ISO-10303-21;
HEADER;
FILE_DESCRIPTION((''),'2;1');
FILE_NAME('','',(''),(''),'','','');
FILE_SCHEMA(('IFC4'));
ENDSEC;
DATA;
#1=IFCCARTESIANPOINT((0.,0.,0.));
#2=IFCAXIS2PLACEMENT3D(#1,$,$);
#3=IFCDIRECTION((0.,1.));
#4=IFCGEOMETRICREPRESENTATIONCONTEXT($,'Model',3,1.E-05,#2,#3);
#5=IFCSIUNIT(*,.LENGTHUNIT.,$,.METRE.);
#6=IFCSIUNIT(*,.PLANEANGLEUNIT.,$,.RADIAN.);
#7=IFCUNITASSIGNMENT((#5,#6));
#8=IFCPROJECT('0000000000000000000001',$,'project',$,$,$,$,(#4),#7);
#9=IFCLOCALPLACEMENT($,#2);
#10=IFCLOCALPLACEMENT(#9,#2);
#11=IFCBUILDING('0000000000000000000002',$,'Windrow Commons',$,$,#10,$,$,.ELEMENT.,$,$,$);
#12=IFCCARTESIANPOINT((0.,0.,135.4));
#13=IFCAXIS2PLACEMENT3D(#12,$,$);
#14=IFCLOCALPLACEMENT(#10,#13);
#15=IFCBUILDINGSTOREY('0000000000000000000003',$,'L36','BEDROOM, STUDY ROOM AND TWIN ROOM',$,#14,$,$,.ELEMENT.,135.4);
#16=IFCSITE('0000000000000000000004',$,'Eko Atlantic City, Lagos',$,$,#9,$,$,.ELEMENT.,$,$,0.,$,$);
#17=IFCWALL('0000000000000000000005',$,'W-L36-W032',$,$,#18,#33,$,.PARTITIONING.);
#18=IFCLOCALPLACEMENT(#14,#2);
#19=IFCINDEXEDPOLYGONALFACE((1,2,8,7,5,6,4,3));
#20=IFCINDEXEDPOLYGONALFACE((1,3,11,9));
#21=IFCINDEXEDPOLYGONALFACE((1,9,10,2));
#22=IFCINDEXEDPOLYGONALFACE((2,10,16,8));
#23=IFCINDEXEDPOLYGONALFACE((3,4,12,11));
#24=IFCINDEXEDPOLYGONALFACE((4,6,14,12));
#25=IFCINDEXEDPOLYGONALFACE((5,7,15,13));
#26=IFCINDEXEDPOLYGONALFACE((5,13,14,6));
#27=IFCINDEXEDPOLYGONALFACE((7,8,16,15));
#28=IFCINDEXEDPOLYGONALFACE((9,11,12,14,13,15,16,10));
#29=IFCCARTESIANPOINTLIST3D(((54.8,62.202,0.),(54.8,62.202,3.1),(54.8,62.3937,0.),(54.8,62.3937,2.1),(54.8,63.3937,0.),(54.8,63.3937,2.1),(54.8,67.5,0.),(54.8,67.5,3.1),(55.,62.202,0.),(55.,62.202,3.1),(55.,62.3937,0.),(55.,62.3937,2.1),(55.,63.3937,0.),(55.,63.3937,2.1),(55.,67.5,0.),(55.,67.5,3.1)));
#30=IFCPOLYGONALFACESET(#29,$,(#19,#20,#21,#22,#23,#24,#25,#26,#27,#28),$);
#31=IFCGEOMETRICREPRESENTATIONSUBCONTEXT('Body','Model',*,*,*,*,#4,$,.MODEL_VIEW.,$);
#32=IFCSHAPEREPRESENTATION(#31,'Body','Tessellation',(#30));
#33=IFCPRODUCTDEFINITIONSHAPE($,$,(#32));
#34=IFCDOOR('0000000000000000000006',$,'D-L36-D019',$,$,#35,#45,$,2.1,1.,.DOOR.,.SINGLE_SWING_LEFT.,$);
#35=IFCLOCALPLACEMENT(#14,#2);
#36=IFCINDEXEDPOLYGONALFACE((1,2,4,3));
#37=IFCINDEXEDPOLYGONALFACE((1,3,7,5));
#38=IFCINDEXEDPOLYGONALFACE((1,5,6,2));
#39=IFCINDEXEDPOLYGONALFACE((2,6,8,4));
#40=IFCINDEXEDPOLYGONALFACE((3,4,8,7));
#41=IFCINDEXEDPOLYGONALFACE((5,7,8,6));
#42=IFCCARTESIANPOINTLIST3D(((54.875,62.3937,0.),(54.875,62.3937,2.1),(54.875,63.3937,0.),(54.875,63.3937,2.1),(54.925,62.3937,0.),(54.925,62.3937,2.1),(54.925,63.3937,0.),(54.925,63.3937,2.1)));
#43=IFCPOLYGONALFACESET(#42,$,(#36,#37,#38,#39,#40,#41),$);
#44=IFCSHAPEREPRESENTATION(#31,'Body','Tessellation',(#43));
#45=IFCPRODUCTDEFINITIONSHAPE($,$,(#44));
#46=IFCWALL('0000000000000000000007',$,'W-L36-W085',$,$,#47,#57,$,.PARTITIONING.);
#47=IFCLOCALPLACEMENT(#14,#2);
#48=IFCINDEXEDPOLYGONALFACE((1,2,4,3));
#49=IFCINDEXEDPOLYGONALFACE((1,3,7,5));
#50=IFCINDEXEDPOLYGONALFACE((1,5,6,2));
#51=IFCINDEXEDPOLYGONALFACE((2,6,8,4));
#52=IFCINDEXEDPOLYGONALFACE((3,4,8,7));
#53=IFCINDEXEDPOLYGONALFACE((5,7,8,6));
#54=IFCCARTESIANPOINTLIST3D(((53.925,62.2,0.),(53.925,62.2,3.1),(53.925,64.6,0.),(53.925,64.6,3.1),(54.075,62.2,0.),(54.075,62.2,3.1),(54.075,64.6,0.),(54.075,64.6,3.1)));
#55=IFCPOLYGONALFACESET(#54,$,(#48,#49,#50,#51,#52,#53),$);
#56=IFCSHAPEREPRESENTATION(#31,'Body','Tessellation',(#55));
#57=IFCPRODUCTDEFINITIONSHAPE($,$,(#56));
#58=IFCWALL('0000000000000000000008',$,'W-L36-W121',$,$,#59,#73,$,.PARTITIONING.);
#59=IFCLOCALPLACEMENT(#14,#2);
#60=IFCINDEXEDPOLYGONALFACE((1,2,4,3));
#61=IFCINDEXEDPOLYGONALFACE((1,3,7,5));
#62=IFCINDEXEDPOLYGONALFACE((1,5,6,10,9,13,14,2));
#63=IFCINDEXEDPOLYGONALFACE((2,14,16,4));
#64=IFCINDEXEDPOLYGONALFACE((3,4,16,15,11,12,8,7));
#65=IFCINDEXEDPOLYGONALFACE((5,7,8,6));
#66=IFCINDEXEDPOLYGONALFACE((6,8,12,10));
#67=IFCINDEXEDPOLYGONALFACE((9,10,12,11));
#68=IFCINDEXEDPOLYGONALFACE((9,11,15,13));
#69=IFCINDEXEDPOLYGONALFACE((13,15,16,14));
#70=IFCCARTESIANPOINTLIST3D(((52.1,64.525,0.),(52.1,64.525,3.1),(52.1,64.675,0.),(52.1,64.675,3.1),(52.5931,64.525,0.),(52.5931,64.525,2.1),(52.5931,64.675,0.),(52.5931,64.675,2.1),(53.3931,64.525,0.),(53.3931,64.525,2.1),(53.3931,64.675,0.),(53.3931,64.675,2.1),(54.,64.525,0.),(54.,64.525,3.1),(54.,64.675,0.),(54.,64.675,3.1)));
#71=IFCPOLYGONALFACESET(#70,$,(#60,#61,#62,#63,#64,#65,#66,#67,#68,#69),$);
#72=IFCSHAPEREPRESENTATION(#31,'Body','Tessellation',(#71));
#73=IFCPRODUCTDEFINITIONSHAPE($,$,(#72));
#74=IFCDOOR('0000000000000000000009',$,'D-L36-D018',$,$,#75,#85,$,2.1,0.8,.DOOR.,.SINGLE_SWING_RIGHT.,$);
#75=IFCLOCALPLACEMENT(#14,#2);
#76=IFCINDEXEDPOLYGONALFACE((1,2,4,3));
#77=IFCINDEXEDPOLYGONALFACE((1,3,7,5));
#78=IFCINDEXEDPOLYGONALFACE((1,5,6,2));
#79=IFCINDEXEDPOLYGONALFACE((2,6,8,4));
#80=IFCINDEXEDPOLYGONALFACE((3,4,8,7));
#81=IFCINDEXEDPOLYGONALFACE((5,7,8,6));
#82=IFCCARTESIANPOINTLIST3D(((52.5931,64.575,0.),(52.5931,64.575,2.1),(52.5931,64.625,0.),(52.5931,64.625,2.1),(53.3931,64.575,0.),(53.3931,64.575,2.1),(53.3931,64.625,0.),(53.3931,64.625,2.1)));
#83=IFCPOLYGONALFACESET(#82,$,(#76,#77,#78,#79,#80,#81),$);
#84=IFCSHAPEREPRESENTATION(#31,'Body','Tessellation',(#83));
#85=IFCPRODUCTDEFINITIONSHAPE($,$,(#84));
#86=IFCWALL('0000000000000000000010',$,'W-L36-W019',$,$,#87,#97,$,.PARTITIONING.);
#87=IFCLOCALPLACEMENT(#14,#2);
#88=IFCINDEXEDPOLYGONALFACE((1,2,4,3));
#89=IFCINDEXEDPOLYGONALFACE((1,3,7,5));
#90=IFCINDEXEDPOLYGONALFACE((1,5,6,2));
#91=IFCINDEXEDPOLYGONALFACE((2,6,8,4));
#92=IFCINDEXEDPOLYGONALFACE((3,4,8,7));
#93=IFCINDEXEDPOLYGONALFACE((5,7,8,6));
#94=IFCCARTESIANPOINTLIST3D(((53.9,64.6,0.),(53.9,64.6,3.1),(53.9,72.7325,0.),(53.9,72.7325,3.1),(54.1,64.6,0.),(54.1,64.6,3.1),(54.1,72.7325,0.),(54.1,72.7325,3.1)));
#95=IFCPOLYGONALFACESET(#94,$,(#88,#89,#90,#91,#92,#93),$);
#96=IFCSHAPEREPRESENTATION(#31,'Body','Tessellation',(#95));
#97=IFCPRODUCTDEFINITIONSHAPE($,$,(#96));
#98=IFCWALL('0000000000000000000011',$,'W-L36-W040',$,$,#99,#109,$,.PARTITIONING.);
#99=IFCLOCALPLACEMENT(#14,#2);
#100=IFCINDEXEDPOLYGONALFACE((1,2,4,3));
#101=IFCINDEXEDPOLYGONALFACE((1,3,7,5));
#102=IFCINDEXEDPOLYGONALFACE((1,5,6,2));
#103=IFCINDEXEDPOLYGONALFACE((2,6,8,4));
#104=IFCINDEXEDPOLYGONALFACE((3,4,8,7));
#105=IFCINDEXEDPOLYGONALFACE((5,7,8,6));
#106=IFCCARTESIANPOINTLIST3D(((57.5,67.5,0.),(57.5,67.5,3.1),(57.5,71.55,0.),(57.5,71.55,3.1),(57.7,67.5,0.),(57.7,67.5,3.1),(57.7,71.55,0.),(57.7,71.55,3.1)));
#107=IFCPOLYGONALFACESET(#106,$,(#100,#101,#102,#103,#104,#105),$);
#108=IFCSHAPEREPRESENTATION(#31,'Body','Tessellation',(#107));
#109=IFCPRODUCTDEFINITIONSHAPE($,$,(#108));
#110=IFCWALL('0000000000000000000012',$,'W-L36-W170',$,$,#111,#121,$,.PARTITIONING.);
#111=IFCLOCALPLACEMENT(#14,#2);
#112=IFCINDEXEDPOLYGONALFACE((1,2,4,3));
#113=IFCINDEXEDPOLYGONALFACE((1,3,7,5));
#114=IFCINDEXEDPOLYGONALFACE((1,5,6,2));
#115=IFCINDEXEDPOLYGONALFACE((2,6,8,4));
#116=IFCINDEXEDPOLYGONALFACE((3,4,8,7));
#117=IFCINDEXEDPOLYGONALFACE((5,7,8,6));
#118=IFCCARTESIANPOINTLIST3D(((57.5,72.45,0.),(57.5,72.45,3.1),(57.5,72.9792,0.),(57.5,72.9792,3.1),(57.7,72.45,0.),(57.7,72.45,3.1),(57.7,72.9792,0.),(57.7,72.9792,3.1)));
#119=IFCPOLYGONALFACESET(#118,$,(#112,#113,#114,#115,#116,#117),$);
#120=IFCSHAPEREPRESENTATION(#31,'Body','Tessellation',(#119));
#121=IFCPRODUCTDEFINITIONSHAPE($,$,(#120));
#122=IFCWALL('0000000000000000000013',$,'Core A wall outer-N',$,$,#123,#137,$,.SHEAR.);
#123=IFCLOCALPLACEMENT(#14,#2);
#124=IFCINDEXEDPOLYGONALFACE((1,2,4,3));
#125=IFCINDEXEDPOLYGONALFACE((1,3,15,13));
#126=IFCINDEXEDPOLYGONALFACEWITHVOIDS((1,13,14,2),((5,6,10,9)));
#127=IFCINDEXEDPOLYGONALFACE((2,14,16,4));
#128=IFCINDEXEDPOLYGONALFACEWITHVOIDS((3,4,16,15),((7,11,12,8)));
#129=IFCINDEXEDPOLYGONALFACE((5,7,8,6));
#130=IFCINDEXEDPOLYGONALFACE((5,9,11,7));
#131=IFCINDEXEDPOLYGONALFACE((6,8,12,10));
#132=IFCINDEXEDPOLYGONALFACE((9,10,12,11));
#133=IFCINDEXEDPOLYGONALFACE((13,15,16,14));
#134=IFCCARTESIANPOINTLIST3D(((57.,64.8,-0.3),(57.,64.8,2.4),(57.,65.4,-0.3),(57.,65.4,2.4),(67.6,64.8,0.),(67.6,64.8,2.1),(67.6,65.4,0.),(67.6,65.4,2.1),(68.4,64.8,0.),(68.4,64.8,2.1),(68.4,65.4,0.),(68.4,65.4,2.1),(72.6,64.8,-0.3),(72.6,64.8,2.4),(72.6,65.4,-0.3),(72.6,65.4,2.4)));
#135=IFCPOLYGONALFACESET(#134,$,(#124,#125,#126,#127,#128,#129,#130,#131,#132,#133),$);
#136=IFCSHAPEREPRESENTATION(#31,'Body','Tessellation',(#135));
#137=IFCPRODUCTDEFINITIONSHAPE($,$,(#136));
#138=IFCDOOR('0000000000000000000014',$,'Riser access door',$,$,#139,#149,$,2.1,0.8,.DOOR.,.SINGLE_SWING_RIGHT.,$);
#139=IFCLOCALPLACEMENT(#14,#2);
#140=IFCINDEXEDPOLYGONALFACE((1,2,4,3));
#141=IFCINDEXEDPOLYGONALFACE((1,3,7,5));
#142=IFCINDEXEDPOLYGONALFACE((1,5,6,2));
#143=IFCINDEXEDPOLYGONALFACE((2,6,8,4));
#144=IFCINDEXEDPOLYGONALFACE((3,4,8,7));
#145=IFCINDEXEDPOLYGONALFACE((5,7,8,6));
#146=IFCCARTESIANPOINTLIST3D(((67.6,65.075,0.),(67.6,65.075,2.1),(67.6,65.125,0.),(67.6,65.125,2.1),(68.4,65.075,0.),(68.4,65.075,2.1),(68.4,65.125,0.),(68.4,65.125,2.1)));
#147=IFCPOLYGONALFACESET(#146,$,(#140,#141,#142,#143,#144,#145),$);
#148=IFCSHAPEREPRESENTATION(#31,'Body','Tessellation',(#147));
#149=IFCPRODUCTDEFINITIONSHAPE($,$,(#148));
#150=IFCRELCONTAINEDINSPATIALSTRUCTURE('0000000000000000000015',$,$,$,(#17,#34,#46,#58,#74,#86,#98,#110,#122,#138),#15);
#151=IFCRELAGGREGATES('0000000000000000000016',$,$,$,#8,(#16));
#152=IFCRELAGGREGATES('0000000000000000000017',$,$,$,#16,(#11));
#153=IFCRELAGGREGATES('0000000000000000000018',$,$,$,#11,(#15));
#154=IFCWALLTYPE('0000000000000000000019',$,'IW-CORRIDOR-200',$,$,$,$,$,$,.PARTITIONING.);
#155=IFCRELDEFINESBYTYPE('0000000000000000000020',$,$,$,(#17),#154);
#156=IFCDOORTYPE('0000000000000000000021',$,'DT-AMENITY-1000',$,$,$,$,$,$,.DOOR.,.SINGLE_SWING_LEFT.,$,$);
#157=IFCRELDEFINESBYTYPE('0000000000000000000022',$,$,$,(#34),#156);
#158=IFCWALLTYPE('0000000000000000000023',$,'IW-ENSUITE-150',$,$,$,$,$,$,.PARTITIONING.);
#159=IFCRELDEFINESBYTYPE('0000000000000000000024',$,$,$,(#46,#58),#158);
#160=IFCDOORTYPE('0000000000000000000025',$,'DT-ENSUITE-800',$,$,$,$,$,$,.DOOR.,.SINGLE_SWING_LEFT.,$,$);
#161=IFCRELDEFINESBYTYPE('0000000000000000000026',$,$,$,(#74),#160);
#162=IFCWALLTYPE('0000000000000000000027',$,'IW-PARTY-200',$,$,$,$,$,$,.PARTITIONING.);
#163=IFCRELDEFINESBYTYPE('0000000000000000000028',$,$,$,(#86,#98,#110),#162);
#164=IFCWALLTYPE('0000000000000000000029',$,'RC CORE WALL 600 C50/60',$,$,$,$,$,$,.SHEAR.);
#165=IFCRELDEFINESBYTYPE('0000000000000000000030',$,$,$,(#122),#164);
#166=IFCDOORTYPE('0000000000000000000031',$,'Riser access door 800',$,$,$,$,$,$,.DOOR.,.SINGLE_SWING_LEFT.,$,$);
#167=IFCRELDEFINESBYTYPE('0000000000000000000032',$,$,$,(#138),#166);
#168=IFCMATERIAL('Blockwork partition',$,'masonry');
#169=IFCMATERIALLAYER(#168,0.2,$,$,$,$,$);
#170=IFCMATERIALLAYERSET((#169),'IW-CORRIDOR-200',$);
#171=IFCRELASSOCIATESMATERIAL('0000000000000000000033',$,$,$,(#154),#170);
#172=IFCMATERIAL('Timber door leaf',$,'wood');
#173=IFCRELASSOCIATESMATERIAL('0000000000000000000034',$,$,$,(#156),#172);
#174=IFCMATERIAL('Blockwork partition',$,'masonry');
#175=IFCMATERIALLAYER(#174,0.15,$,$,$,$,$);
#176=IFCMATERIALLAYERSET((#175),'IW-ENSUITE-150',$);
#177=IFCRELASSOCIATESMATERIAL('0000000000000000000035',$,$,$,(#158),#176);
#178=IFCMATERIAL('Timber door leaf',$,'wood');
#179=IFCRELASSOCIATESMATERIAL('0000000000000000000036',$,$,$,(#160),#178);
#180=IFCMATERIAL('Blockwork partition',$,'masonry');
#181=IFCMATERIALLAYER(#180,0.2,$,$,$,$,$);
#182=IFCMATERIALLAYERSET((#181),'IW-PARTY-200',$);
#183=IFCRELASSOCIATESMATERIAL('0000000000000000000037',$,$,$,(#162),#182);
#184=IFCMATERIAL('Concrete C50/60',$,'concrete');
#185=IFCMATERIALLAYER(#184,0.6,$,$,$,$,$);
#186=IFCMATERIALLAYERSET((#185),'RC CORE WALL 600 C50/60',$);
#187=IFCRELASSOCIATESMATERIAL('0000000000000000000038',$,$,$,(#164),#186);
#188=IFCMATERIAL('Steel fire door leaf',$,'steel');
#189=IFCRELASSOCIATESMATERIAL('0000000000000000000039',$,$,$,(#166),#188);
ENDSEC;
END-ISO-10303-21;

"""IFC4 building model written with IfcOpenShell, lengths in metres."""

from ifc_helpers import new_model, si_unit, direction, frame, frame_2d, origin, place, context, subcontext, project, spatial, rectangle, extrude, material, layer, layer_set, type_object, element, fill, save


model = new_model("IFC4")

# Units and contexts
model_context = context("Model", 3, precision=1e-05, world=origin(), true_north=direction((0.0, 1.0)))
body_context = subcontext(model_context, "Body", "Model", "MODEL_VIEW")
ifc_project = project(units=[si_unit("LENGTHUNIT", "METRE"), si_unit("PLANEANGLEUNIT", "RADIAN")], contexts=[model_context])

# Site, building, storey
site_placement = place(None, origin())
site = spatial("IfcSite", under=ifc_project, at=site_placement, Name="Eko Atlantic City, Lagos", CompositionType="ELEMENT", RefElevation=0.0)
building_placement = place(site_placement, origin())
building = spatial("IfcBuilding", under=site, at=building_placement, Name="Windrow Commons", CompositionType="ELEMENT")
storey_placement = place(building_placement, frame((0.0, 0.0, 135.4)))
storey = spatial("IfcBuildingStorey", under=building, at=storey_placement, Name="L36", Description="BEDROOM, STUDY ROOM AND TWIN ROOM", CompositionType="ELEMENT", Elevation=135.4)

# Shared definitions
ifc_material_1 = material(Name="Blockwork partition", Category="masonry")
ifc_layer_1 = layer(ifc_material_1, 0.2)
ifc_layer_set_1 = layer_set([ifc_layer_1], Name="IW-CORRIDOR-200")
wall_type_1 = type_object("IfcWallType", Name="IW-CORRIDOR-200", PredefinedType="PARTITIONING", material=ifc_layer_set_1)
ifc_material_2 = material(Name="Timber door leaf", Category="wood")
door_type_1 = type_object("IfcDoorType", Name="DT-AMENITY-1000", OperationType="SINGLE_SWING_LEFT", PredefinedType="DOOR", material=ifc_material_2)

# Wall, opening, door
wall_1_placement = place(storey_placement, frame((54.9, 62.202, 0.0), z_axis=(0.0, 0.0, 1.0), x_axis=(0.0, 1.0, 0.0)))
wall_1 = element("IfcWall", 1, at=wall_1_placement, inside=storey, type_object=wall_type_1, Name="W-L36-W032", PredefinedType="PARTITIONING", context=body_context, shape_type="SweptSolid", body=[
    extrude(rectangle(XDim=5.298, YDim=0.2, at=frame_2d((2.649, 0.0))), origin(), (0.0, 0.0, 1.0), 3.1),
])
opening_1_placement = place(wall_1_placement, frame((0.1917, 0.0, 0.0)))
opening_1 = element("IfcOpeningElement", 2, at=opening_1_placement, cuts=wall_1, PredefinedType="OPENING", context=body_context, shape_type="SweptSolid", body=[
    extrude(rectangle(XDim=1.0, YDim=2.1, at=frame_2d((0.5, 1.05))), frame((0.0, 0.11, 0.0), z_axis=(0.0, -1.0, 0.0), x_axis=(1.0, 0.0, 0.0)), (0.0, 0.0, 1.0), 0.22),
])
door_1_placement = place(opening_1_placement, origin())
door_1 = element("IfcDoor", 3, at=door_1_placement, inside=storey, type_object=door_type_1, Name="D-L36-D019", OperationType="SINGLE_SWING_LEFT", OverallHeight=2.1, OverallWidth=1.0, PredefinedType="DOOR", context=body_context, shape_type="SweptSolid", body=[
    extrude(rectangle(XDim=1.0, YDim=2.1, at=frame_2d((0.5, 1.05))), frame((0.0, 0.025, 0.0), z_axis=(0.0, -1.0, 0.0), x_axis=(1.0, 0.0, 0.0)), (0.0, 0.0, 1.0), 0.05),
])
fill(opening_1, door_1)

# Wall
ifc_material_3 = material(Name="Blockwork partition", Category="masonry")
ifc_layer_2 = layer(ifc_material_3, 0.15)
ifc_layer_set_2 = layer_set([ifc_layer_2], Name="IW-ENSUITE-150")
wall_type_2 = type_object("IfcWallType", Name="IW-ENSUITE-150", PredefinedType="PARTITIONING", material=ifc_layer_set_2)
wall_2_placement = place(storey_placement, frame((54.0, 62.2, 0.0), z_axis=(0.0, 0.0, 1.0), x_axis=(0.0, 1.0, 0.0)))
element("IfcWall", 4, at=wall_2_placement, inside=storey, type_object=wall_type_2, Name="W-L36-W085", PredefinedType="PARTITIONING", context=body_context, shape_type="SweptSolid", body=[
    extrude(rectangle(XDim=2.4, YDim=0.15, at=frame_2d((1.2, 0.0))), origin(), (0.0, 0.0, 1.0), 3.1),
])

# Wall, opening, door
wall_3_placement = place(storey_placement, frame((52.1, 64.6, 0.0), z_axis=(0.0, 0.0, 1.0), x_axis=(1.0, 0.0, 0.0)))
wall_3 = element("IfcWall", 5, at=wall_3_placement, inside=storey, type_object=wall_type_2, Name="W-L36-W121", PredefinedType="PARTITIONING", context=body_context, shape_type="SweptSolid", body=[
    extrude(rectangle(XDim=1.9, YDim=0.15, at=frame_2d((0.95, 0.0))), origin(), (0.0, 0.0, 1.0), 3.1),
])
opening_2_placement = place(wall_3_placement, frame((0.4931, 0.0, 0.0)))
opening_2 = element("IfcOpeningElement", 6, at=opening_2_placement, cuts=wall_3, PredefinedType="OPENING", context=body_context, shape_type="SweptSolid", body=[
    extrude(rectangle(XDim=0.8, YDim=2.1, at=frame_2d((0.4, 1.05))), frame((0.0, 0.085, 0.0), z_axis=(0.0, -1.0, 0.0), x_axis=(1.0, 0.0, 0.0)), (0.0, 0.0, 1.0), 0.17),
])
ifc_material_4 = material(Name="Timber door leaf", Category="wood")
door_type_2 = type_object("IfcDoorType", Name="DT-ENSUITE-800", OperationType="SINGLE_SWING_LEFT", PredefinedType="DOOR", material=ifc_material_4)
door_2_placement = place(opening_2_placement, origin())
door_2 = element("IfcDoor", 7, at=door_2_placement, inside=storey, type_object=door_type_2, Name="D-L36-D018", OperationType="SINGLE_SWING_RIGHT", OverallHeight=2.1, OverallWidth=0.8, PredefinedType="DOOR", context=body_context, shape_type="SweptSolid", body=[
    extrude(rectangle(XDim=0.8, YDim=2.1, at=frame_2d((0.4, 1.05))), frame((0.0, 0.025, 0.0), z_axis=(0.0, -1.0, 0.0), x_axis=(1.0, 0.0, 0.0)), (0.0, 0.0, 1.0), 0.05),
])
fill(opening_2, door_2)

# Walls
ifc_material_5 = material(Name="Blockwork partition", Category="masonry")
ifc_layer_3 = layer(ifc_material_5, 0.2)
ifc_layer_set_3 = layer_set([ifc_layer_3], Name="IW-PARTY-200")
wall_type_3 = type_object("IfcWallType", Name="IW-PARTY-200", PredefinedType="PARTITIONING", material=ifc_layer_set_3)
wall_4_placement = place(storey_placement, frame((54.0, 64.6, 0.0), z_axis=(0.0, 0.0, 1.0), x_axis=(0.0, 1.0, 0.0)))
element("IfcWall", 8, at=wall_4_placement, inside=storey, type_object=wall_type_3, Name="W-L36-W019", PredefinedType="PARTITIONING", context=body_context, shape_type="SweptSolid", body=[
    extrude(rectangle(XDim=8.1325, YDim=0.2, at=frame_2d((4.0663, 0.0))), origin(), (0.0, 0.0, 1.0), 3.1),
])
wall_5_placement = place(storey_placement, frame((57.6, 67.5, 0.0), z_axis=(0.0, 0.0, 1.0), x_axis=(0.0, 1.0, 0.0)))
element("IfcWall", 9, at=wall_5_placement, inside=storey, type_object=wall_type_3, Name="W-L36-W040", PredefinedType="PARTITIONING", context=body_context, shape_type="SweptSolid", body=[
    extrude(rectangle(XDim=4.05, YDim=0.2, at=frame_2d((2.025, 0.0))), origin(), (0.0, 0.0, 1.0), 3.1),
])
wall_6_placement = place(storey_placement, frame((57.6, 72.45, 0.0), z_axis=(0.0, 0.0, 1.0), x_axis=(0.0, 1.0, 0.0)))
element("IfcWall", 10, at=wall_6_placement, inside=storey, type_object=wall_type_3, Name="W-L36-W170", PredefinedType="PARTITIONING", context=body_context, shape_type="SweptSolid", body=[
    extrude(rectangle(XDim=0.5291, YDim=0.2, at=frame_2d((0.2646, 0.0))), origin(), (0.0, 0.0, 1.0), 3.1),
])

# Wall, opening, door
ifc_material_6 = material(Name="Concrete C50/60", Category="concrete")
ifc_layer_4 = layer(ifc_material_6, 0.6)
ifc_layer_set_4 = layer_set([ifc_layer_4], Name="RC CORE WALL 600 C50/60")
wall_type_4 = type_object("IfcWallType", Name="RC CORE WALL 600 C50/60", PredefinedType="SHEAR", material=ifc_layer_set_4)
wall_7_placement = place(storey_placement, frame((57.0, 65.1, -0.3), z_axis=(0.0, 0.0, 1.0), x_axis=(1.0, 0.0, 0.0)))
wall_7 = element("IfcWall", 11, at=wall_7_placement, inside=storey, type_object=wall_type_4, Name="Core A wall outer-N", PredefinedType="SHEAR", context=body_context, shape_type="SweptSolid", body=[
    extrude(rectangle(XDim=15.6, YDim=0.6, at=frame_2d((7.8, 0.0))), origin(), (0.0, 0.0, 1.0), 2.7),
])
opening_3_placement = place(wall_7_placement, frame((10.6, 0.0, 0.3)))
opening_3 = element("IfcOpeningElement", 12, at=opening_3_placement, cuts=wall_7, PredefinedType="OPENING", context=body_context, shape_type="SweptSolid", body=[
    extrude(rectangle(XDim=0.8, YDim=2.1, at=frame_2d((0.4, 1.05))), frame((0.0, 0.31, 0.0), z_axis=(0.0, -1.0, 0.0), x_axis=(1.0, 0.0, 0.0)), (0.0, 0.0, 1.0), 0.62),
])
ifc_material_7 = material(Name="Steel fire door leaf", Category="steel")
door_type_3 = type_object("IfcDoorType", Name="Riser access door 800", OperationType="SINGLE_SWING_LEFT", PredefinedType="DOOR", material=ifc_material_7)
door_3_placement = place(opening_3_placement, origin())
door_3 = element("IfcDoor", 13, at=door_3_placement, inside=storey, type_object=door_type_3, Name="Riser access door", OperationType="SINGLE_SWING_RIGHT", OverallHeight=2.1, OverallWidth=0.8, PredefinedType="DOOR", context=body_context, shape_type="SweptSolid", body=[
    extrude(rectangle(XDim=0.8, YDim=2.1, at=frame_2d((0.4, 1.05))), frame((0.0, 0.025, 0.0), z_axis=(0.0, -1.0, 0.0), x_axis=(1.0, 0.0, 0.0)), (0.0, 0.0, 1.0), 0.05),
])
fill(opening_3, door_3)

save(model, "model.ifc")
